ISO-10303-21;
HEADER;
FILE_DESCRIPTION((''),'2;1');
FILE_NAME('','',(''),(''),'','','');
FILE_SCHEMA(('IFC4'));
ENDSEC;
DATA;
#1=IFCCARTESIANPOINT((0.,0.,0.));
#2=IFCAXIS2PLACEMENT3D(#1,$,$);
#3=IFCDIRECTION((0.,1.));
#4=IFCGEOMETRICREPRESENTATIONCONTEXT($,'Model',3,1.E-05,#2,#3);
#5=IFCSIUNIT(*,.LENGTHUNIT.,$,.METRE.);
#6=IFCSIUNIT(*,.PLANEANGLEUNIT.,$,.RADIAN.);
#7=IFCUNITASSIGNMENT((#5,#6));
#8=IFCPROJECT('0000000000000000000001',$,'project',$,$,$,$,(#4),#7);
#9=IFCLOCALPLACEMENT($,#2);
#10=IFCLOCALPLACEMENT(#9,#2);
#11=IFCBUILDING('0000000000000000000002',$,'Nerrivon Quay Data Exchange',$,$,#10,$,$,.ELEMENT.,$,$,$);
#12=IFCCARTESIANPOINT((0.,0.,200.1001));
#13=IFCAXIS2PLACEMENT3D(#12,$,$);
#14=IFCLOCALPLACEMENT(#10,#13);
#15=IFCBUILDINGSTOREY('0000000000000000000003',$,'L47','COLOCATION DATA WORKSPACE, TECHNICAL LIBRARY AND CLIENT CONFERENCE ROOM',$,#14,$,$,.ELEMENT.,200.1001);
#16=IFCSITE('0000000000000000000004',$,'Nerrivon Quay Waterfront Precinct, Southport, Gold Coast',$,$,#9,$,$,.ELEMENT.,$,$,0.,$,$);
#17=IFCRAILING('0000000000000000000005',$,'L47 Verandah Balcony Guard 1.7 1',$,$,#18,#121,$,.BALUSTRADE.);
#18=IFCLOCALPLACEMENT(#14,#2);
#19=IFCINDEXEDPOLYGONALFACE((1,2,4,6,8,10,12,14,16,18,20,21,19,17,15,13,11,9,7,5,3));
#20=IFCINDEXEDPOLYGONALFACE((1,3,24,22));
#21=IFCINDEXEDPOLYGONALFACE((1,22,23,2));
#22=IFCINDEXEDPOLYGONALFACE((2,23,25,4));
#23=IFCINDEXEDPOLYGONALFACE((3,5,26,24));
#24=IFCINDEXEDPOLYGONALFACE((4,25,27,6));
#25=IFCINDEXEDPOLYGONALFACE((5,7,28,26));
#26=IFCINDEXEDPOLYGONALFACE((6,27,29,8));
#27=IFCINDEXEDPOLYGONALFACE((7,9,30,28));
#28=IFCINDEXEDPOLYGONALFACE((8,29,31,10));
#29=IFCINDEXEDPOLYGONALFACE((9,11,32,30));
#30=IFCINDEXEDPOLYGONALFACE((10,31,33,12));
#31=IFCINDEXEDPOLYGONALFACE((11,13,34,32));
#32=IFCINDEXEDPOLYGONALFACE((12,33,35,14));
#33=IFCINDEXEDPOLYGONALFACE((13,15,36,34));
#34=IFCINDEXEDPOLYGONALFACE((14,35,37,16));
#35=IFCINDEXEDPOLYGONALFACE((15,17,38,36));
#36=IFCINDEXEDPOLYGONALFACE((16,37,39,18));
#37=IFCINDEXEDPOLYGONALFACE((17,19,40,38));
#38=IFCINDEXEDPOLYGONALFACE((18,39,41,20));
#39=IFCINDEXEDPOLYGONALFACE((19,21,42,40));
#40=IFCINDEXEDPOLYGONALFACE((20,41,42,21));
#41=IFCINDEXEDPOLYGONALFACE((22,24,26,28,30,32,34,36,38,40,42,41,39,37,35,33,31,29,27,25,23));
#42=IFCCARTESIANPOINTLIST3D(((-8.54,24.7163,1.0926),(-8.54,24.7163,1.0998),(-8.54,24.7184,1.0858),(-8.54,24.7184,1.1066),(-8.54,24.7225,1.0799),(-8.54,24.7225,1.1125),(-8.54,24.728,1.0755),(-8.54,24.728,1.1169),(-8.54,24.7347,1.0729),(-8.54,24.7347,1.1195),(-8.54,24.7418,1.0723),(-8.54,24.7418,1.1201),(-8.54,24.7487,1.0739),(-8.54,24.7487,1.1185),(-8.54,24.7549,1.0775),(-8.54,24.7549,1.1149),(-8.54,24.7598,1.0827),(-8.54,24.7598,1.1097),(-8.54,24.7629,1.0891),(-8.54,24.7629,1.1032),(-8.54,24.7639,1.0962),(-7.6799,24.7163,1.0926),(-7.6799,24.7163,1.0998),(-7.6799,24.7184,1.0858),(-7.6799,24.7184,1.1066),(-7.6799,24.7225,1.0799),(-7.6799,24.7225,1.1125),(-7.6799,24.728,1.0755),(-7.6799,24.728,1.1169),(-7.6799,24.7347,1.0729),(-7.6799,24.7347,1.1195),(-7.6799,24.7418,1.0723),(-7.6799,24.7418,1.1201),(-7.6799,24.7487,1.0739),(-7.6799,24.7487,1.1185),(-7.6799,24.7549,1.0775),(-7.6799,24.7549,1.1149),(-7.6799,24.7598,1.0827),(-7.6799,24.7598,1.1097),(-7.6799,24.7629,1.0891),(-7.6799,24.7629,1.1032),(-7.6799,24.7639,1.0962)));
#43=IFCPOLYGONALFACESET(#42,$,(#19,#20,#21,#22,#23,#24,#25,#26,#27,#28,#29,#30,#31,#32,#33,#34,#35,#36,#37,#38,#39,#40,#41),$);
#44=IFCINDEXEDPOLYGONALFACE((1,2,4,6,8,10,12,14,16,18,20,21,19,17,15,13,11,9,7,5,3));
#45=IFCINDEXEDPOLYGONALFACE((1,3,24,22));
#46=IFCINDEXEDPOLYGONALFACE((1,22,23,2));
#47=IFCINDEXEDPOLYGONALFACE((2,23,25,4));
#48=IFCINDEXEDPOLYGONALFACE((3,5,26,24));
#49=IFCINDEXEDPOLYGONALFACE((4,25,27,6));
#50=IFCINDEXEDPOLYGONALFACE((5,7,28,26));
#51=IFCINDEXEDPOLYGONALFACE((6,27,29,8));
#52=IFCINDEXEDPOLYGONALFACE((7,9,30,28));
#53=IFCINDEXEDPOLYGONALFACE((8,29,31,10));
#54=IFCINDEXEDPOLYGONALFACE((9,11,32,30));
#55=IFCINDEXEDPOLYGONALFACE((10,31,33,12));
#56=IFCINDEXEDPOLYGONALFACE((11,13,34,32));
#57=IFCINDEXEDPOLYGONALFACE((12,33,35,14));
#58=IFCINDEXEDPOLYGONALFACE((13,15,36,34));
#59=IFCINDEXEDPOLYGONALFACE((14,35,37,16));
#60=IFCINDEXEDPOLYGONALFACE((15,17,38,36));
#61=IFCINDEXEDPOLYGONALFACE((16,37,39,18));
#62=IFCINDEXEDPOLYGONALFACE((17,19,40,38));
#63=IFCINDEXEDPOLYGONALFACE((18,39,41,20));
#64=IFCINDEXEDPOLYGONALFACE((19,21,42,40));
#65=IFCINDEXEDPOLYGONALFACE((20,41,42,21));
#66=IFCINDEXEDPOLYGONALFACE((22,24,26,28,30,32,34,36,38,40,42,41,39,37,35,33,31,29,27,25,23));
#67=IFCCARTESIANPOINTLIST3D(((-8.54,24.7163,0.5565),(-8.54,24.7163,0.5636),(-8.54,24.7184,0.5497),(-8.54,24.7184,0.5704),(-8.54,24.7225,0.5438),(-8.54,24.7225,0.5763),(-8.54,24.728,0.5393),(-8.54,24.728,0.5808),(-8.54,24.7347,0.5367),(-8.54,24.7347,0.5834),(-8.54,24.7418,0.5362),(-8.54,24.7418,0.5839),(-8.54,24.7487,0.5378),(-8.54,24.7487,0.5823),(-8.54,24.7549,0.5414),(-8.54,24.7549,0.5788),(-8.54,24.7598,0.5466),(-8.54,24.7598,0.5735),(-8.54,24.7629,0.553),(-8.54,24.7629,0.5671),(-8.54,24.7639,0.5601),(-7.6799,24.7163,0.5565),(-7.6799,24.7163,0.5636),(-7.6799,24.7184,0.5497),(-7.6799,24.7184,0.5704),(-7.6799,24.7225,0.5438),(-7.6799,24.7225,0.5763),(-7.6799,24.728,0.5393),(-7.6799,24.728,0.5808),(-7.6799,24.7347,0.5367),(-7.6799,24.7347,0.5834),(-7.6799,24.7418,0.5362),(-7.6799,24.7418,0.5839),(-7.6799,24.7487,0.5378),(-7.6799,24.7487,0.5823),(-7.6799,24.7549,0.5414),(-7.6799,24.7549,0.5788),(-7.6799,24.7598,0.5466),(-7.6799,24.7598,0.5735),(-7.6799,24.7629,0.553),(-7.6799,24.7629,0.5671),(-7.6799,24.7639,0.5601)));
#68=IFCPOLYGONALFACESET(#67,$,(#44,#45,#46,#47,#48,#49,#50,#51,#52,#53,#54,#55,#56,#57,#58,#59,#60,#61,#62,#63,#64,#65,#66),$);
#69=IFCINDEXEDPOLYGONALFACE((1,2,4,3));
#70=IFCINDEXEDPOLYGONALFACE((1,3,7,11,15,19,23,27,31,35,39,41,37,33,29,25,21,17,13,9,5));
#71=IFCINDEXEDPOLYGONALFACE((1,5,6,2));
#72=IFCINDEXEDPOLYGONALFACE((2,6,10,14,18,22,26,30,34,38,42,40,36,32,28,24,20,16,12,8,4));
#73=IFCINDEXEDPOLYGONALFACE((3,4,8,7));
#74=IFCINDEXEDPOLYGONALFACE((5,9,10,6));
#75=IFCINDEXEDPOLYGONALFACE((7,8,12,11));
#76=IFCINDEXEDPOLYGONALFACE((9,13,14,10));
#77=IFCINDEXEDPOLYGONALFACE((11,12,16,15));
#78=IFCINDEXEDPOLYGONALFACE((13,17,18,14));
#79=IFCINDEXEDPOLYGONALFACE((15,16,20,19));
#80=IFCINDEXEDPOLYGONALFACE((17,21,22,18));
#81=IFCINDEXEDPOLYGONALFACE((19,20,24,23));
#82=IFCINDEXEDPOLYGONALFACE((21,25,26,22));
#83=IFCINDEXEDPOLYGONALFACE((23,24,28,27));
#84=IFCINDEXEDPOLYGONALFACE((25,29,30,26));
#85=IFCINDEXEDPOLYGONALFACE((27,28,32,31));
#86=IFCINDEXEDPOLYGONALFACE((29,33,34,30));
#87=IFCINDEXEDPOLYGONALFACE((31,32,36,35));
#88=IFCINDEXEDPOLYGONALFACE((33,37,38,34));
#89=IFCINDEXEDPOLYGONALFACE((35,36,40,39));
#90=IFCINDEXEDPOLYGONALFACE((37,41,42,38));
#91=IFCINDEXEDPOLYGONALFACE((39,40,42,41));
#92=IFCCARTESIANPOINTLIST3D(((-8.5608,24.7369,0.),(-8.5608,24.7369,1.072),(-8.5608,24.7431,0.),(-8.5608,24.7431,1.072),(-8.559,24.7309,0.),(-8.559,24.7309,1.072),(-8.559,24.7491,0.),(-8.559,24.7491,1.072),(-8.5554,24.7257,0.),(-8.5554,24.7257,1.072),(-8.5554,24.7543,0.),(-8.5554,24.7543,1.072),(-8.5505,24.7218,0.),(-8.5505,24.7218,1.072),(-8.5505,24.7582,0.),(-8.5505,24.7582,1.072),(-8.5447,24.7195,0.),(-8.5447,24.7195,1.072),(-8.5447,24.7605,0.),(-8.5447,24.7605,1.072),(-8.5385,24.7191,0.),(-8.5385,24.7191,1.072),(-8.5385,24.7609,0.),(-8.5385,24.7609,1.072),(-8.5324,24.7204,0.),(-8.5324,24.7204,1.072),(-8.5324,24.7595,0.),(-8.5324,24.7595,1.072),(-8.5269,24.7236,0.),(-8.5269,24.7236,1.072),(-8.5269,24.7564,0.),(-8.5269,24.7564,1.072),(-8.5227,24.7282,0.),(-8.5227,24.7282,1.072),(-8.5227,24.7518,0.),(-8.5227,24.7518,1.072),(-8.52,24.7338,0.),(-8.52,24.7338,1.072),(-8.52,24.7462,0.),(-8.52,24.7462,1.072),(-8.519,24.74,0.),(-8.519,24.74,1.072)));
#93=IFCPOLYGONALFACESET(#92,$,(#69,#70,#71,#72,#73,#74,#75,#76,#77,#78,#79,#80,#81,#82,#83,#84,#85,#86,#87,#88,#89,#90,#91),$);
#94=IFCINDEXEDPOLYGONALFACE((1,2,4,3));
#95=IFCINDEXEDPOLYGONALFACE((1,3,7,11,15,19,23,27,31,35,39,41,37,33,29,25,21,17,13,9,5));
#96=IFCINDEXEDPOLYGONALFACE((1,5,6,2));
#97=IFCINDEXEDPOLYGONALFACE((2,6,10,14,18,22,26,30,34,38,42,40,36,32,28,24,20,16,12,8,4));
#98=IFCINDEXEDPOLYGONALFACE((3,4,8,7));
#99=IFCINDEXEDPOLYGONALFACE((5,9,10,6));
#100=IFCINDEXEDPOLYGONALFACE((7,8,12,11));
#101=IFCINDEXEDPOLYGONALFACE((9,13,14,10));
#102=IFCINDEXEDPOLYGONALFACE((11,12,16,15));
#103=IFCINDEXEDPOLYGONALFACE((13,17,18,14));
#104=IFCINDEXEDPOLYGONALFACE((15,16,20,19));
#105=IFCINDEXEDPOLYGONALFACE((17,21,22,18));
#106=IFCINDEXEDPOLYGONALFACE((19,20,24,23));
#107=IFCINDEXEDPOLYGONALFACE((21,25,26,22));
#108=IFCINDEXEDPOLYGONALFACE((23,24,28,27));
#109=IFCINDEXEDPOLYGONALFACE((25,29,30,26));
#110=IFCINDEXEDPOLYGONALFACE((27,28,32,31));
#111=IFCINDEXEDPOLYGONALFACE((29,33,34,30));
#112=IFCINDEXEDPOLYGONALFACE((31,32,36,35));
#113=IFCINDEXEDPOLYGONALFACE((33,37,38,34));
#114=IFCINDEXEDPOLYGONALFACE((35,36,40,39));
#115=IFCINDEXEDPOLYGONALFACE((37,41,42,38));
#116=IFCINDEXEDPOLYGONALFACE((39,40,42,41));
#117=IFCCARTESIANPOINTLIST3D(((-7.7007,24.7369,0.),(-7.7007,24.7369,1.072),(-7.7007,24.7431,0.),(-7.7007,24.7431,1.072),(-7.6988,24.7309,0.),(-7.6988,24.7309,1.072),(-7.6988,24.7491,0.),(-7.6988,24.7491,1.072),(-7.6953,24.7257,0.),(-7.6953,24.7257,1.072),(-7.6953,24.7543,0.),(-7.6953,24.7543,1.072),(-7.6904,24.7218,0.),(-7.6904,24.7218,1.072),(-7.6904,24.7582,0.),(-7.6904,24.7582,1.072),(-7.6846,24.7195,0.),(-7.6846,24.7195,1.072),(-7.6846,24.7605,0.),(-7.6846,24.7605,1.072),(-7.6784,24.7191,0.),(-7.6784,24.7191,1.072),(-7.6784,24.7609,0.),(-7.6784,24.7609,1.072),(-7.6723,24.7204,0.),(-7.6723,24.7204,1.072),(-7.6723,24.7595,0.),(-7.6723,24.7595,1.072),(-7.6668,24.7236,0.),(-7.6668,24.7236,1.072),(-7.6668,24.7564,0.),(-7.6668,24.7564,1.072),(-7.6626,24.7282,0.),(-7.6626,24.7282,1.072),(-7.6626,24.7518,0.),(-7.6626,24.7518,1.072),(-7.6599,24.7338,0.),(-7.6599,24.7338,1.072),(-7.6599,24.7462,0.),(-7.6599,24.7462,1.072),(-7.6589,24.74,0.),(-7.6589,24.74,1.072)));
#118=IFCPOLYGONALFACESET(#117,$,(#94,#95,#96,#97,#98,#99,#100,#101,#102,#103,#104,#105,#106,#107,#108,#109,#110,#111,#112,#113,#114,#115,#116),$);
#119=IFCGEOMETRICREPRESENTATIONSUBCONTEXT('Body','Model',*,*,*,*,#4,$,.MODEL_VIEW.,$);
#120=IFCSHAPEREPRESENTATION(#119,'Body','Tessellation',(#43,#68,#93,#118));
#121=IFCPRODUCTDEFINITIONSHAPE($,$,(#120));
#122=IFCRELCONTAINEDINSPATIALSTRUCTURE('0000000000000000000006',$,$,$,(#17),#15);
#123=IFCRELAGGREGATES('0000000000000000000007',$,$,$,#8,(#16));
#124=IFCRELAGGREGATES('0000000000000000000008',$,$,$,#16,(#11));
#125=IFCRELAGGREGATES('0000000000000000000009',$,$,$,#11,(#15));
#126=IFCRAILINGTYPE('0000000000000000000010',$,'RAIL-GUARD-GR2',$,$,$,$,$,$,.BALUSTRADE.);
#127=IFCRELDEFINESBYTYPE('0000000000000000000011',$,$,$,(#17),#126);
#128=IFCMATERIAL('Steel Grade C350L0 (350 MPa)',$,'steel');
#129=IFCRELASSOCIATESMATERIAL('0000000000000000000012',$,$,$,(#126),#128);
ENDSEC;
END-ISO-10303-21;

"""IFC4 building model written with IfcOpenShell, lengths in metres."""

from ifc_helpers import new_model, si_unit, direction, frame, origin, origin_2d, place, context, subcontext, project, spatial, circle, extrude, material, type_object, element, save


model = new_model("IFC4")

# Units and contexts
model_context = context("Model", 3, precision=1e-05, world=origin(), true_north=direction((0.0, 1.0)))
body_context = subcontext(model_context, "Body", "Model", "MODEL_VIEW")
ifc_project = project(units=[si_unit("LENGTHUNIT", "METRE"), si_unit("PLANEANGLEUNIT", "RADIAN")], contexts=[model_context])

# Site, building, storey
site_placement = place(None, origin())
site = spatial("IfcSite", under=ifc_project, at=site_placement, Name="Nerrivon Quay Waterfront Precinct, Southport, Gold Coast", CompositionType="ELEMENT", RefElevation=0.0)
building_placement = place(site_placement, origin())
building = spatial("IfcBuilding", under=site, at=building_placement, Name="Nerrivon Quay Data Exchange", CompositionType="ELEMENT")
storey_placement = place(building_placement, frame((0.0, 0.0, 200.1001)))
storey = spatial("IfcBuildingStorey", under=building, at=storey_placement, Name="L47", Description="COLOCATION DATA WORKSPACE, TECHNICAL LIBRARY AND CLIENT CONFERENCE ROOM", CompositionType="ELEMENT", Elevation=200.1001)

# Railing
ifc_material_1 = material(Name="Steel Grade C350L0 (350 MPa)", Category="steel")
railing_type = type_object("IfcRailingType", Name="RAIL-GUARD-GR2", PredefinedType="BALUSTRADE", material=ifc_material_1)
railing_1_placement = place(storey_placement, frame((-8.54, 24.74, 0.0)))
element("IfcRailing", 1, at=railing_1_placement, inside=storey, type_object=railing_type, Name="L47 Verandah Balcony Guard 1.7 1", PredefinedType="BALUSTRADE", context=body_context, shape_type="SweptSolid", body=[
    extrude(circle(Radius=0.0239, at=origin_2d()), frame((0.0, 0.0, 1.0962), z_axis=(1.0, 0.0, 0.0), x_axis=(0.0, 1.0, 0.0)), (0.0, 0.0, 1.0), 0.8601),
    extrude(circle(Radius=0.0239, at=origin_2d()), frame((0.0, 0.0, 0.5601), z_axis=(1.0, 0.0, 0.0), x_axis=(0.0, 1.0, 0.0)), (0.0, 0.0, 1.0), 0.8601),
    extrude(circle(Radius=0.021, at=origin_2d()), origin(), (0.0, 0.0, 1.0), 1.072),
    extrude(circle(Radius=0.021, at=origin_2d()), frame((0.8601, 0.0, 0.0)), (0.0, 0.0, 1.0), 1.072),
])

save(model, "model.ifc")
